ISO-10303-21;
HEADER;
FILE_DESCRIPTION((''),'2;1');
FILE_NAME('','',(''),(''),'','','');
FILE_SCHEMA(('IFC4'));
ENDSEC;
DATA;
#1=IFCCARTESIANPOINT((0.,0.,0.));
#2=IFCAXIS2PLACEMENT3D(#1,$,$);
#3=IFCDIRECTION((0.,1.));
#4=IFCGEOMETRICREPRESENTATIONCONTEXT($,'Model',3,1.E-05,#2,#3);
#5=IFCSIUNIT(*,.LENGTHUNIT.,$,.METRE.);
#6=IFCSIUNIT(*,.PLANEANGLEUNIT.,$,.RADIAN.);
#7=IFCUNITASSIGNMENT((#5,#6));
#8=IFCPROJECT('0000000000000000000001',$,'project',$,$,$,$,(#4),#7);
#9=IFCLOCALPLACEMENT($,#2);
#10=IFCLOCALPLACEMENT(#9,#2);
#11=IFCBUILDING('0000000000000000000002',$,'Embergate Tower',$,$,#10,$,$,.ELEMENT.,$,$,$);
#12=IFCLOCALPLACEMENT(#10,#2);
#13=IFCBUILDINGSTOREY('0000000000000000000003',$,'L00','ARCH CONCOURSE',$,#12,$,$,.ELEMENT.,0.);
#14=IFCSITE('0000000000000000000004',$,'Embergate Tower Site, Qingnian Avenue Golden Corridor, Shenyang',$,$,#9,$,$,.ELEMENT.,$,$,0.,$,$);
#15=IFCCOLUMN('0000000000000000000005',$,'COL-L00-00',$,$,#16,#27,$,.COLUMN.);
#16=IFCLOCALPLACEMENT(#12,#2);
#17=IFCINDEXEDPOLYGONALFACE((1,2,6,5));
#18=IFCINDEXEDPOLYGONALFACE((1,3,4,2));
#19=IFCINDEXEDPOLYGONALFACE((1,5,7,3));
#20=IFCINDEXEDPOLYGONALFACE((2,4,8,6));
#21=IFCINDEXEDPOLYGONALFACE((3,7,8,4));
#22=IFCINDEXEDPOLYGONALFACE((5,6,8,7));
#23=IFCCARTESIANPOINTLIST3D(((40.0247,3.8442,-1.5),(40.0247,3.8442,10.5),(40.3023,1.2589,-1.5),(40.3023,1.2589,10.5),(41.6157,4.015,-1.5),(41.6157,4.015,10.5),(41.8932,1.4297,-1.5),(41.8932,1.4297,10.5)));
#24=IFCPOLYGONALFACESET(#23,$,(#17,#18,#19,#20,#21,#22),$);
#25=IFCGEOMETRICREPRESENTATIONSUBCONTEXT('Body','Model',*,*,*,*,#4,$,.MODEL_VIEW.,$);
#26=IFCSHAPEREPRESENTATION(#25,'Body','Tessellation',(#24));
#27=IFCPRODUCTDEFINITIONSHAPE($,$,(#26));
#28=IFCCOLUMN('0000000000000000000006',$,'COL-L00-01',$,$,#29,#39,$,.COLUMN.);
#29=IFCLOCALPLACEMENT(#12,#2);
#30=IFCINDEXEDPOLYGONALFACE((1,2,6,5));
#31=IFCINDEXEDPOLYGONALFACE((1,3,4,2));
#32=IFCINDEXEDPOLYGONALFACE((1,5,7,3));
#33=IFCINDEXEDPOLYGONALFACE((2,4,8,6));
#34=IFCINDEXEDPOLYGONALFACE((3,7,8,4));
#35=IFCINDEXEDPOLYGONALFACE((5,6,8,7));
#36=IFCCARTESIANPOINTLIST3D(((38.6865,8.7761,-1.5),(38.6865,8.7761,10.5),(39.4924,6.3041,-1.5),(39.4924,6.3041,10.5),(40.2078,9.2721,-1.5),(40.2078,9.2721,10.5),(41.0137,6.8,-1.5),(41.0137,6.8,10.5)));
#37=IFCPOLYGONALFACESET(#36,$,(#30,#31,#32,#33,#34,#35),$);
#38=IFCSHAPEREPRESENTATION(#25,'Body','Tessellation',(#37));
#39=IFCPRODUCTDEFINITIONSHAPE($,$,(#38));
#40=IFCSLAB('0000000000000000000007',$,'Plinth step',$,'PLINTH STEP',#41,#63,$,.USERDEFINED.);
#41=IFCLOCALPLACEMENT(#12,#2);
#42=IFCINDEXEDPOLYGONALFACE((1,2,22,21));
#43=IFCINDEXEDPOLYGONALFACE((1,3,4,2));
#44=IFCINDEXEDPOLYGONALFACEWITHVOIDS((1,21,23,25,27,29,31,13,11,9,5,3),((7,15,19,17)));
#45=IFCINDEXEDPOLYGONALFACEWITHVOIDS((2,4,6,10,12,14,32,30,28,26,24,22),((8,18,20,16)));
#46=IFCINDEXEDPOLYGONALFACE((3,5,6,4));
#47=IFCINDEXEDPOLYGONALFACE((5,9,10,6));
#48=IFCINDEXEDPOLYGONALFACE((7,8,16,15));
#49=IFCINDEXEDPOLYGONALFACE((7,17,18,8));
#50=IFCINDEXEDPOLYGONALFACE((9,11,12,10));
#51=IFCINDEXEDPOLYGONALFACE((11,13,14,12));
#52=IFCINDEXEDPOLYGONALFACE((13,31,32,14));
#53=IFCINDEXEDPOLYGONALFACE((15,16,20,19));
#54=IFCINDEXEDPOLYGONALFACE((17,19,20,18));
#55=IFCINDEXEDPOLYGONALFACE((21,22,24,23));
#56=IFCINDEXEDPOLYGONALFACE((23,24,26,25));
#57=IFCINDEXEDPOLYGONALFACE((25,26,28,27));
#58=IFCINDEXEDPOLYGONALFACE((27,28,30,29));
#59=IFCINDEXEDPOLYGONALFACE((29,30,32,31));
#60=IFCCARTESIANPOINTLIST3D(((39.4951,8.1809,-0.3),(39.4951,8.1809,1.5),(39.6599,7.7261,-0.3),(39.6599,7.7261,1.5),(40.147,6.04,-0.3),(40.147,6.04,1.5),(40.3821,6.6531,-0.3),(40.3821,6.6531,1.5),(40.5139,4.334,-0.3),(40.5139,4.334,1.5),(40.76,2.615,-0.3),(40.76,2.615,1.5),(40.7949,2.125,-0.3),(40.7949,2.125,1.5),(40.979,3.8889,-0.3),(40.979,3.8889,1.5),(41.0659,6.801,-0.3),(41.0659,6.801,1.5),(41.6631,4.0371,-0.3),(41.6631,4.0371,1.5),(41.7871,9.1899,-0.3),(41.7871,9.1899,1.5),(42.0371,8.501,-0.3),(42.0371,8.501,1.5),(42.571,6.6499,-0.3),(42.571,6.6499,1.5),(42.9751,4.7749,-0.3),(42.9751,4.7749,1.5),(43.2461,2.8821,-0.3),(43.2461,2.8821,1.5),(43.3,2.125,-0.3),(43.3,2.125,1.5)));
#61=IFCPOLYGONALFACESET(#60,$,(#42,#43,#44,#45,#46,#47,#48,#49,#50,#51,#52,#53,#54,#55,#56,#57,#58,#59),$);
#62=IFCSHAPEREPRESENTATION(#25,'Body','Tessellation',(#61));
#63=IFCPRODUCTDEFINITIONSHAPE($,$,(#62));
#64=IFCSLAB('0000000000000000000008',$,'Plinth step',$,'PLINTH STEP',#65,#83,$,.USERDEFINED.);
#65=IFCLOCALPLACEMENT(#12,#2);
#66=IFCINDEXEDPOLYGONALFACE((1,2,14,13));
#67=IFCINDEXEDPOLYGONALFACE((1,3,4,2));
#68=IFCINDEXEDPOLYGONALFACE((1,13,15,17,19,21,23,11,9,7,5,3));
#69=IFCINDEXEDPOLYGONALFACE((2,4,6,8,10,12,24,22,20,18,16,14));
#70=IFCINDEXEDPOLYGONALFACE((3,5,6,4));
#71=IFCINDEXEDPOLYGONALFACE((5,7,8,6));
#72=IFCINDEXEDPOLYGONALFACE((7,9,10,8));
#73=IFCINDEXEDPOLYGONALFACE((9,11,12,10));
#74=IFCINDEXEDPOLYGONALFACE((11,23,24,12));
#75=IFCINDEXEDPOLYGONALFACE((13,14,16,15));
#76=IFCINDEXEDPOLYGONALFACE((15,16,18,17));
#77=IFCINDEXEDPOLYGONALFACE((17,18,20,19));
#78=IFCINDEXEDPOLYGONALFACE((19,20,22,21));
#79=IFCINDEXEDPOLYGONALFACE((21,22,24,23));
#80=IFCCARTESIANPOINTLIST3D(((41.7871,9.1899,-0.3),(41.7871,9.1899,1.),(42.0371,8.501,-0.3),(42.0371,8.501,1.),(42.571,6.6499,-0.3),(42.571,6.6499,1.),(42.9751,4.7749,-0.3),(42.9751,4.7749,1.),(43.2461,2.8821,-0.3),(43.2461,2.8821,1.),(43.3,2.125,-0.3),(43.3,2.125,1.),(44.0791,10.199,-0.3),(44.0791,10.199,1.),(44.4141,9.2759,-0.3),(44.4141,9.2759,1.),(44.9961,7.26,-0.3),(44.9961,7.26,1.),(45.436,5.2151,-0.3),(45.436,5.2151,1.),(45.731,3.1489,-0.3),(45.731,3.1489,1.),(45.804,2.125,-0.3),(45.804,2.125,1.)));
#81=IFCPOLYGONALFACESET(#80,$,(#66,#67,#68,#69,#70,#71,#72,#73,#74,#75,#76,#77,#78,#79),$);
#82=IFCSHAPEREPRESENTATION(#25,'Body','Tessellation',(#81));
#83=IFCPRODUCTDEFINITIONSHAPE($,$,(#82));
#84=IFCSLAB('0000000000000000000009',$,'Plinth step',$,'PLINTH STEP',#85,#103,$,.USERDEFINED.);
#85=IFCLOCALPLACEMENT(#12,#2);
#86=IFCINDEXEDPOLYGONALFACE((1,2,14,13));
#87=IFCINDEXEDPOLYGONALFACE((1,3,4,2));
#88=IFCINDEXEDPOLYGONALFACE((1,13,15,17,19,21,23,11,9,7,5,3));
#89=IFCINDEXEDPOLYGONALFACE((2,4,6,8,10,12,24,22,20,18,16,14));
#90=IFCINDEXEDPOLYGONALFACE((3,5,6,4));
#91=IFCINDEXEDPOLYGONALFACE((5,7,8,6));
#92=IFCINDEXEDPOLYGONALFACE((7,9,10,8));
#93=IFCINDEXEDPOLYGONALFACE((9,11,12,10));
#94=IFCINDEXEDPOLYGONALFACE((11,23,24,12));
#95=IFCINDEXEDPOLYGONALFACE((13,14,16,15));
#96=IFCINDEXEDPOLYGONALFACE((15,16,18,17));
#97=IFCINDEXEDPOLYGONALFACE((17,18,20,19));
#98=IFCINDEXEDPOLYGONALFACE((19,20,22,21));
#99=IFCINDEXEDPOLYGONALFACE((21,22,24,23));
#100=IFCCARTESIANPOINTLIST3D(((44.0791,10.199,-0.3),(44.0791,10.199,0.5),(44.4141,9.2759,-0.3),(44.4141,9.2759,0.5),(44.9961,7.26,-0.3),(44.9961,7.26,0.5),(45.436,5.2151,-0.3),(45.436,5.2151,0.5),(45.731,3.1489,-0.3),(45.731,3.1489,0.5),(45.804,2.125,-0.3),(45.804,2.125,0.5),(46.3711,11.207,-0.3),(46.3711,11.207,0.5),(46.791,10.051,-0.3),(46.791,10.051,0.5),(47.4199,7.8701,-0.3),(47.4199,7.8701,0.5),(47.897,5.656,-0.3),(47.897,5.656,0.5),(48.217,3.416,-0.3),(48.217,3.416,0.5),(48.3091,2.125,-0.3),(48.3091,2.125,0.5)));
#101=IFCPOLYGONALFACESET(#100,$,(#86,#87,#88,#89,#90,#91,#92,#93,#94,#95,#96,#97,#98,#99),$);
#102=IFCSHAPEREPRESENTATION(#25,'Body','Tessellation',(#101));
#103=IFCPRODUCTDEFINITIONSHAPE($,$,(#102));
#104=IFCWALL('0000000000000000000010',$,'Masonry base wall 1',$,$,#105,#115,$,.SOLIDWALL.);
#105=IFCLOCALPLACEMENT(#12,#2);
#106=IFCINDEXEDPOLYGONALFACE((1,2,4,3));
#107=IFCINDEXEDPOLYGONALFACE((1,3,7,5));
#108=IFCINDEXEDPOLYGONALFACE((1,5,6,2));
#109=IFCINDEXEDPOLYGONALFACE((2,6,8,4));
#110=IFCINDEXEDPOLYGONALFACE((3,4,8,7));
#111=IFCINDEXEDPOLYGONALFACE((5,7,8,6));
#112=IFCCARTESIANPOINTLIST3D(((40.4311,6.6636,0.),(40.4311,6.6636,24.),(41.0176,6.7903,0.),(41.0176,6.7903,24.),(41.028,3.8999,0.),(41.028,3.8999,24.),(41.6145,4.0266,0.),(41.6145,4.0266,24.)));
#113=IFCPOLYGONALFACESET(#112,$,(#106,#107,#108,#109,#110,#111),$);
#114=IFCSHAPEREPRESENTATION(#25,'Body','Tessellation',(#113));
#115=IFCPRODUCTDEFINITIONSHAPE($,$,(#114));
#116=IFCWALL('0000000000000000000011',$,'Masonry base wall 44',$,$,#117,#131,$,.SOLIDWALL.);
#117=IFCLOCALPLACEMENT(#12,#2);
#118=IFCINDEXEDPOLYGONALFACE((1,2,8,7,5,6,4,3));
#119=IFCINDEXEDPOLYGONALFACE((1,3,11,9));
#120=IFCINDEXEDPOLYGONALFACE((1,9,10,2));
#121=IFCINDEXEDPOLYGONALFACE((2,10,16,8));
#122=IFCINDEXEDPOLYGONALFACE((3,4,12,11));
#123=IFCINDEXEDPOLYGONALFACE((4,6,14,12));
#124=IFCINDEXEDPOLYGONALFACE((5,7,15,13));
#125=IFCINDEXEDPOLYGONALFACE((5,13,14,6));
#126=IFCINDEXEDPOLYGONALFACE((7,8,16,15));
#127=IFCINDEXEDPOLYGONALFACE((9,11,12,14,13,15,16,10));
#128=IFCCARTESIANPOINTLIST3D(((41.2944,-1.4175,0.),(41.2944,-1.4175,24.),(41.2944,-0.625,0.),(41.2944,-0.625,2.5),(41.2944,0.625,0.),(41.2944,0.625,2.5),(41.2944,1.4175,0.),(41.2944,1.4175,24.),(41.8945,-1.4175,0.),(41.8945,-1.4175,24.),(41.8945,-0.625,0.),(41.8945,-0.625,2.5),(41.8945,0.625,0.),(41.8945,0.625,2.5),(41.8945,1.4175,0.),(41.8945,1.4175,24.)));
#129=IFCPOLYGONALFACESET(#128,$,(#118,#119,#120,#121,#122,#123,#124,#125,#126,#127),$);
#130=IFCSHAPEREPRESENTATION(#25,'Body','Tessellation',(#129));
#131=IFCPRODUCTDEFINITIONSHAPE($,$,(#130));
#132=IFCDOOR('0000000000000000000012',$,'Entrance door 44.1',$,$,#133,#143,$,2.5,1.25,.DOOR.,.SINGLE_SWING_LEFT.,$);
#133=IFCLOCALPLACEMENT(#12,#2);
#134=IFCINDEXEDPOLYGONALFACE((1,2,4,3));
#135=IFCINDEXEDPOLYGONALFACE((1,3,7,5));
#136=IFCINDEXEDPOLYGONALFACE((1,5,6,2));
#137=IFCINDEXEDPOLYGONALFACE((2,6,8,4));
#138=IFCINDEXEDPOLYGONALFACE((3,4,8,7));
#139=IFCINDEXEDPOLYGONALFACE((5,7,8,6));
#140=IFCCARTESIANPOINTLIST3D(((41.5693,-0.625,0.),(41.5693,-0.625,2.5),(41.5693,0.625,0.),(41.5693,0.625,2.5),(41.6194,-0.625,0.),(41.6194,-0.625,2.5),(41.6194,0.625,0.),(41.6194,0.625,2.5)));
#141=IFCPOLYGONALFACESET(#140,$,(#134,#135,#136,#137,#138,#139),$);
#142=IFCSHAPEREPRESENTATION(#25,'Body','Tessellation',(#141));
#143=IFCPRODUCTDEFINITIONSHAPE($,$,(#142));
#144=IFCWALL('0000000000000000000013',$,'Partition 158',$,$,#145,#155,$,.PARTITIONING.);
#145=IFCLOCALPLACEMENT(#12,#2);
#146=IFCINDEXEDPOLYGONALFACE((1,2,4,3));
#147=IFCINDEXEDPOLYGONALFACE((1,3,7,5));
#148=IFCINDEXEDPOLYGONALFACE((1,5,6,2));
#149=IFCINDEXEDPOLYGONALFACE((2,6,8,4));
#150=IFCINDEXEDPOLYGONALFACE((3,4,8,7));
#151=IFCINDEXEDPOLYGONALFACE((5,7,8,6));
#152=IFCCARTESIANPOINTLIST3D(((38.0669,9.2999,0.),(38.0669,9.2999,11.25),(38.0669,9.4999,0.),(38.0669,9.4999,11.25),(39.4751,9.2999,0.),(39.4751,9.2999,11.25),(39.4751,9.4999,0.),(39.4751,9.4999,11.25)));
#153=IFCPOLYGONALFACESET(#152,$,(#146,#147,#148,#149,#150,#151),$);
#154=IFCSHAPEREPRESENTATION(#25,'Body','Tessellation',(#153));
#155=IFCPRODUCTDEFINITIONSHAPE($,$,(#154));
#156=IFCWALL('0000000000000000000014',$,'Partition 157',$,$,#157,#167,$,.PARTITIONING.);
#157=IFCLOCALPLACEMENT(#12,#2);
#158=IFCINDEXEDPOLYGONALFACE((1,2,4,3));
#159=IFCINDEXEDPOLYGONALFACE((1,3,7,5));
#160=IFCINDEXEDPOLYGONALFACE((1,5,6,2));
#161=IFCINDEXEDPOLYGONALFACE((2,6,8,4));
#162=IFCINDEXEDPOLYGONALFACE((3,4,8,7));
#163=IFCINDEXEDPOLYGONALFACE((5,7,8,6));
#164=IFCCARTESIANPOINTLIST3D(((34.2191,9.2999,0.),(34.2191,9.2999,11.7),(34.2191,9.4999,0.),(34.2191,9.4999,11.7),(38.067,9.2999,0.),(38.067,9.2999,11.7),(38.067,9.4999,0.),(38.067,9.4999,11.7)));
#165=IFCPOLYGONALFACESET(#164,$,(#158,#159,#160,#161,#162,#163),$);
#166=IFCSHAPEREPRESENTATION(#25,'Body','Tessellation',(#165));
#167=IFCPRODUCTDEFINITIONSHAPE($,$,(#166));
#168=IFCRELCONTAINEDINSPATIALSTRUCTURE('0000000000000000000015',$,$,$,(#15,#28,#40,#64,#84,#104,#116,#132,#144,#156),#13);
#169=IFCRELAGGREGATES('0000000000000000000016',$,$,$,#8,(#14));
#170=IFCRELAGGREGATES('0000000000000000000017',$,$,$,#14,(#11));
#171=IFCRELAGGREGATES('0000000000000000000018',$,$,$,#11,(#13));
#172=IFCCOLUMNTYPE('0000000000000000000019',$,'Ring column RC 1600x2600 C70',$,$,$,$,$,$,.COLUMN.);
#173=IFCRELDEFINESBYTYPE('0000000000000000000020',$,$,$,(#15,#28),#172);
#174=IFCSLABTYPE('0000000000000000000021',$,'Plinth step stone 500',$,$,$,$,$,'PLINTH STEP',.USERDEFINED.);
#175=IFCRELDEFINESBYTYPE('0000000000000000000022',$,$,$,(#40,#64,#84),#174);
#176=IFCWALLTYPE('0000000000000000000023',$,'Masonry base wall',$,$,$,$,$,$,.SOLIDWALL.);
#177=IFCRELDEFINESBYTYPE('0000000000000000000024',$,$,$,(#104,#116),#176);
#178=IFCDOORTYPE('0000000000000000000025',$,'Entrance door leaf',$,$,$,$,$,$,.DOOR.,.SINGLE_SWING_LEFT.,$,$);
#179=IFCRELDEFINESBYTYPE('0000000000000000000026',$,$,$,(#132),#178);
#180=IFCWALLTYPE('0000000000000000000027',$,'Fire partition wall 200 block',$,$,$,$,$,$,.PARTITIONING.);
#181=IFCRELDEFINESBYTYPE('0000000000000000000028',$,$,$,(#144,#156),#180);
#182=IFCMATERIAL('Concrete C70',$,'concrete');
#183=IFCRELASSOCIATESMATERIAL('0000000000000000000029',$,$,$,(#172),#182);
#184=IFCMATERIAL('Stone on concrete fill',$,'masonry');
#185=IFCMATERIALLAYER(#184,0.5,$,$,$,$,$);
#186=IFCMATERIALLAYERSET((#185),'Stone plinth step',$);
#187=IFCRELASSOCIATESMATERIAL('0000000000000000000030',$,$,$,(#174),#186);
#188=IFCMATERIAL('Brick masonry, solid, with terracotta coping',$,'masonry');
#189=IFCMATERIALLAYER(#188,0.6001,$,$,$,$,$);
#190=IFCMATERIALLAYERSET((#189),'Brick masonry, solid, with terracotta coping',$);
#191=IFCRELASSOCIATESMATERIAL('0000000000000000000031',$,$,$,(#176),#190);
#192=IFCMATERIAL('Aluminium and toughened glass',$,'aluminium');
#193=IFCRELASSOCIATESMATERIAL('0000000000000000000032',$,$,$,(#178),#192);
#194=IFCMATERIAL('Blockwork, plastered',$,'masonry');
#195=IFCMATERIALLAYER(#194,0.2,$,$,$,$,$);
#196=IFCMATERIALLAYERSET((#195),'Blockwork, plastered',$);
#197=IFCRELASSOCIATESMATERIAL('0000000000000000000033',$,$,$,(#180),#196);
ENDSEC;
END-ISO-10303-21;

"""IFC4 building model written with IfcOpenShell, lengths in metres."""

from ifc_helpers import new_model, si_unit, direction, frame, frame_2d, origin, origin_2d, place, context, subcontext, project, spatial, polyline, rectangle, outline, extrude, source, transform, mapped, material, layer, layer_set, material_profile, profile_set, type_object, element, fill, save


model = new_model("IFC4")

# Units and contexts
model_context = context("Model", 3, precision=1e-05, world=origin(), true_north=direction((0.0, 1.0)))
body_context = subcontext(model_context, "Body", "Model", "MODEL_VIEW")
ifc_project = project(units=[si_unit("LENGTHUNIT", "METRE"), si_unit("PLANEANGLEUNIT", "RADIAN")], contexts=[model_context])

# Site, building, storey
site_placement = place(None, origin())
site = spatial("IfcSite", under=ifc_project, at=site_placement, Name="Embergate Tower Site, Qingnian Avenue Golden Corridor, Shenyang", CompositionType="ELEMENT", RefElevation=0.0)
building_placement = place(site_placement, origin())
building = spatial("IfcBuilding", under=site, at=building_placement, Name="Embergate Tower", CompositionType="ELEMENT")
storey_placement = place(building_placement, origin())
storey = spatial("IfcBuildingStorey", under=building, at=storey_placement, Name="L00", Description="ARCH CONCOURSE", CompositionType="ELEMENT", Elevation=0.0)

# Columns
ifc_material_1 = material(Name="Concrete C70", Category="concrete")
ifc_material_profile = material_profile(ifc_material_1, rectangle(XDim=1.6001, YDim=2.6001, at=origin_2d()), Name="RC 1600x2600")
ifc_profile_set = profile_set([ifc_material_profile], Name="Concrete C70")
column_type = type_object("IfcColumnType", Name="Ring column RC 1600x2600 C70", PredefinedType="COLUMN", material=ifc_profile_set)
shared_shape_1 = source(origin(), body_context, "Body", "SweptSolid", [
    extrude(rectangle(XDim=1.6001, YDim=2.6001, at=origin_2d()), origin(), (0.0, 0.0, 1.0), 12.0),
])
for number, where, z_axis, x_axis, name in (
    (1, (40.959, 2.637, -1.5), (0.0, 0.0, 1.0), (0.994286, 0.10675, 0.0), "COL-L00-00"),
    (2, (39.8501, 7.7881, -1.5), (0.0, 0.0, 1.0), (0.950754, 0.309946, 0.0), "COL-L00-01"),
):
    element("IfcColumn", number, at=place(storey_placement, frame(where, z_axis=z_axis, x_axis=x_axis)), inside=storey, type_object=column_type, Name=name, PredefinedType="COLUMN", context=body_context, shape_type="MappedRepresentation", body=[
        mapped(shared_shape_1, transform((0.0, 0.0, 0.0))),
    ])

# Slabs
ifc_material_2 = material(Name="Stone on concrete fill", Category="masonry")
ifc_layer_1 = layer(ifc_material_2, 0.5)
ifc_layer_set_1 = layer_set([ifc_layer_1], Name="Stone plinth step")
slab_type = type_object("IfcSlabType", Name="Plinth step stone 500", ElementType="PLINTH STEP", PredefinedType="USERDEFINED", material=ifc_layer_set_1)
shared_shape_2 = source(origin(), body_context, "Body", "SweptSolid", [
    extrude(outline(polyline([(0.0, 0.0), (2.5051, 0.0), (2.4512, 0.7571), (2.1802, 2.6499), (1.7761, 4.5249), (1.2422, 6.376), (0.9922, 7.0649), (-1.2998, 6.0559), (-1.135, 5.6011), (-0.6479, 3.915), (-0.281, 2.209), (-0.0349, 0.49), (0.0, 0.0)]), holes=[polyline([(0.1841, 1.7639), (-0.4128, 4.5281), (0.271, 4.676), (0.8682, 1.9121), (0.1841, 1.7639)])]), origin(), (0.0, 0.0, 1.0), 1.8),
])
slab_1_placement = place(storey_placement, frame((40.7949, 2.125, -0.3)))
element("IfcSlab", 3, at=slab_1_placement, inside=storey, type_object=slab_type, Name="Plinth step", ObjectType="PLINTH STEP", PredefinedType="USERDEFINED", context=body_context, shape_type="MappedRepresentation", body=[
    mapped(shared_shape_2, transform((0.0, 0.0, 0.0))),
])
shared_shape_3 = source(origin(), body_context, "Body", "SweptSolid", [
    extrude(outline(polyline([(0.0, 0.0), (-0.054, 0.7571), (-0.325, 2.6499), (-0.729, 4.5249), (-1.2629, 6.376), (-1.5129, 7.0649), (0.7791, 8.074), (1.114, 7.1509), (1.696, 5.135), (2.136, 3.0901), (2.4309, 1.0239), (2.5039, 0.0), (0.0, 0.0)])), origin(), (0.0, 0.0, 1.0), 1.3),
])
slab_2_placement = place(storey_placement, frame((43.3, 2.125, -0.3)))
element("IfcSlab", 4, at=slab_2_placement, inside=storey, type_object=slab_type, Name="Plinth step", ObjectType="PLINTH STEP", PredefinedType="USERDEFINED", context=body_context, shape_type="MappedRepresentation", body=[
    mapped(shared_shape_3, transform((0.0, 0.0, 0.0))),
])
shared_shape_4 = source(origin(), body_context, "Body", "SweptSolid", [
    extrude(outline(polyline([(0.0, 0.0), (-0.073, 1.0239), (-0.3679, 3.0901), (-0.8079, 5.135), (-1.3899, 7.1509), (-1.7249, 8.074), (0.5671, 9.082), (0.9871, 7.926), (1.616, 5.7451), (2.093, 3.531), (2.4131, 1.291), (2.5051, 0.0), (0.0, 0.0)])), origin(), (0.0, 0.0, 1.0), 0.8),
])
slab_3_placement = place(storey_placement, frame((45.804, 2.125, -0.3)))
element("IfcSlab", 5, at=slab_3_placement, inside=storey, type_object=slab_type, Name="Plinth step", ObjectType="PLINTH STEP", PredefinedType="USERDEFINED", context=body_context, shape_type="MappedRepresentation", body=[
    mapped(shared_shape_4, transform((0.0, 0.0, 0.0))),
])

# Wall
ifc_material_3 = material(Name="Brick masonry, solid, with terracotta coping", Category="masonry")
ifc_layer_2 = layer(ifc_material_3, 0.6001)
ifc_layer_set_2 = layer_set([ifc_layer_2], Name="Brick masonry, solid, with terracotta coping")
wall_type_1 = type_object("IfcWallType", Name="Masonry base wall", PredefinedType="SOLIDWALL", material=ifc_layer_set_2)
shared_shape_5 = source(origin(), body_context, "Body", "SweptSolid", [
    extrude(rectangle(XDim=2.8274, YDim=0.6001, at=frame_2d((1.4136, 0.0))), origin(), (0.0, 0.0, 1.0), 24.0),
])
wall_1_placement = place(storey_placement, frame((40.7244, 6.7268, 0.0), z_axis=(0.0, 0.0, 1.0), x_axis=(0.211121, -0.97746, 0.0)))
element("IfcWall", 6, at=wall_1_placement, inside=storey, type_object=wall_type_1, Name="Masonry base wall 1", PredefinedType="SOLIDWALL", context=body_context, shape_type="MappedRepresentation", body=[
    mapped(shared_shape_5, transform((0.0, 0.0, 0.0))),
])

# Wall, opening, door
shared_shape_6 = source(origin(), body_context, "Body", "SweptSolid", [
    extrude(rectangle(XDim=2.835, YDim=0.6001, at=frame_2d((1.4175, 0.0))), origin(), (0.0, 0.0, 1.0), 24.0),
])
wall_2_placement = place(storey_placement, frame((41.5945, 1.4175, 0.0), z_axis=(0.0, 0.0, 1.0), x_axis=(0.0, -1.0, 0.0)))
wall_2 = element("IfcWall", 7, at=wall_2_placement, inside=storey, type_object=wall_type_1, Name="Masonry base wall 44", PredefinedType="SOLIDWALL", context=body_context, shape_type="MappedRepresentation", body=[
    mapped(shared_shape_6, transform((0.0, 0.0, 0.0))),
])
shared_shape_7 = source(origin(), body_context, "Body", "SweptSolid", [
    extrude(rectangle(XDim=1.25, YDim=2.5, at=frame_2d((0.625, 1.25))), frame((0.0, 0.3101, 0.0), z_axis=(0.0, -1.0, 0.0), x_axis=(1.0, 0.0, 0.0)), (0.0, 0.0, 1.0), 0.6201),
])
opening_1_placement = place(wall_2_placement, frame((0.7925, 0.0, 0.0)))
opening_1 = element("IfcOpeningElement", 8, at=opening_1_placement, cuts=wall_2, PredefinedType="OPENING", context=body_context, shape_type="MappedRepresentation", body=[
    mapped(shared_shape_7, transform((0.0, 0.0, 0.0))),
])
ifc_material_4 = material(Name="Aluminium and toughened glass", Category="aluminium")
door_type_1 = type_object("IfcDoorType", Name="Entrance door leaf", OperationType="SINGLE_SWING_LEFT", PredefinedType="DOOR", material=ifc_material_4)
shared_shape_8 = source(origin(), body_context, "Body", "SweptSolid", [
    extrude(rectangle(XDim=1.25, YDim=2.5, at=frame_2d((0.625, 1.25))), frame((0.0, 0.0249, 0.0), z_axis=(0.0, -1.0, 0.0), x_axis=(1.0, 0.0, 0.0)), (0.0, 0.0, 1.0), 0.05),
])
door_1_placement = place(opening_1_placement, origin())
door_1 = element("IfcDoor", 9, at=door_1_placement, inside=storey, type_object=door_type_1, Name="Entrance door 44.1", OperationType="SINGLE_SWING_LEFT", OverallHeight=2.5, OverallWidth=1.25, PredefinedType="DOOR", context=body_context, shape_type="MappedRepresentation", body=[
    mapped(shared_shape_8, transform((0.0, 0.0, 0.0))),
])
fill(opening_1, door_1)

# Walls
ifc_material_5 = material(Name="Blockwork, plastered", Category="masonry")
ifc_layer_3 = layer(ifc_material_5, 0.2)
ifc_layer_set_3 = layer_set([ifc_layer_3], Name="Blockwork, plastered")
wall_type_2 = type_object("IfcWallType", Name="Fire partition wall 200 block", PredefinedType="PARTITIONING", material=ifc_layer_set_3)
shared_shape_9 = source(origin(), body_context, "Body", "SweptSolid", [
    extrude(rectangle(XDim=1.4082, YDim=0.2, at=frame_2d((0.7041, 0.0))), origin(), (0.0, 0.0, 1.0), 11.25),
])
wall_3_placement = place(storey_placement, frame((39.4751, 9.3999, 0.0), z_axis=(0.0, 0.0, 1.0), x_axis=(-1.0, 0.0, 0.0)))
element("IfcWall", 10, at=wall_3_placement, inside=storey, type_object=wall_type_2, Name="Partition 158", PredefinedType="PARTITIONING", context=body_context, shape_type="MappedRepresentation", body=[
    mapped(shared_shape_9, transform((0.0, 0.0, 0.0))),
])
shared_shape_10 = source(origin(), body_context, "Body", "SweptSolid", [
    extrude(rectangle(XDim=3.8479, YDim=0.2, at=frame_2d((1.9238, 0.0))), origin(), (0.0, 0.0, 1.0), 11.7),
])
wall_4_placement = place(storey_placement, frame((38.0669, 9.3999, 0.0), z_axis=(0.0, 0.0, 1.0), x_axis=(-1.0, 0.0, 0.0)))
element("IfcWall", 11, at=wall_4_placement, inside=storey, type_object=wall_type_2, Name="Partition 157", PredefinedType="PARTITIONING", context=body_context, shape_type="MappedRepresentation", body=[
    mapped(shared_shape_10, transform((0.0, 0.0, 0.0))),
])

save(model, "model.ifc")
